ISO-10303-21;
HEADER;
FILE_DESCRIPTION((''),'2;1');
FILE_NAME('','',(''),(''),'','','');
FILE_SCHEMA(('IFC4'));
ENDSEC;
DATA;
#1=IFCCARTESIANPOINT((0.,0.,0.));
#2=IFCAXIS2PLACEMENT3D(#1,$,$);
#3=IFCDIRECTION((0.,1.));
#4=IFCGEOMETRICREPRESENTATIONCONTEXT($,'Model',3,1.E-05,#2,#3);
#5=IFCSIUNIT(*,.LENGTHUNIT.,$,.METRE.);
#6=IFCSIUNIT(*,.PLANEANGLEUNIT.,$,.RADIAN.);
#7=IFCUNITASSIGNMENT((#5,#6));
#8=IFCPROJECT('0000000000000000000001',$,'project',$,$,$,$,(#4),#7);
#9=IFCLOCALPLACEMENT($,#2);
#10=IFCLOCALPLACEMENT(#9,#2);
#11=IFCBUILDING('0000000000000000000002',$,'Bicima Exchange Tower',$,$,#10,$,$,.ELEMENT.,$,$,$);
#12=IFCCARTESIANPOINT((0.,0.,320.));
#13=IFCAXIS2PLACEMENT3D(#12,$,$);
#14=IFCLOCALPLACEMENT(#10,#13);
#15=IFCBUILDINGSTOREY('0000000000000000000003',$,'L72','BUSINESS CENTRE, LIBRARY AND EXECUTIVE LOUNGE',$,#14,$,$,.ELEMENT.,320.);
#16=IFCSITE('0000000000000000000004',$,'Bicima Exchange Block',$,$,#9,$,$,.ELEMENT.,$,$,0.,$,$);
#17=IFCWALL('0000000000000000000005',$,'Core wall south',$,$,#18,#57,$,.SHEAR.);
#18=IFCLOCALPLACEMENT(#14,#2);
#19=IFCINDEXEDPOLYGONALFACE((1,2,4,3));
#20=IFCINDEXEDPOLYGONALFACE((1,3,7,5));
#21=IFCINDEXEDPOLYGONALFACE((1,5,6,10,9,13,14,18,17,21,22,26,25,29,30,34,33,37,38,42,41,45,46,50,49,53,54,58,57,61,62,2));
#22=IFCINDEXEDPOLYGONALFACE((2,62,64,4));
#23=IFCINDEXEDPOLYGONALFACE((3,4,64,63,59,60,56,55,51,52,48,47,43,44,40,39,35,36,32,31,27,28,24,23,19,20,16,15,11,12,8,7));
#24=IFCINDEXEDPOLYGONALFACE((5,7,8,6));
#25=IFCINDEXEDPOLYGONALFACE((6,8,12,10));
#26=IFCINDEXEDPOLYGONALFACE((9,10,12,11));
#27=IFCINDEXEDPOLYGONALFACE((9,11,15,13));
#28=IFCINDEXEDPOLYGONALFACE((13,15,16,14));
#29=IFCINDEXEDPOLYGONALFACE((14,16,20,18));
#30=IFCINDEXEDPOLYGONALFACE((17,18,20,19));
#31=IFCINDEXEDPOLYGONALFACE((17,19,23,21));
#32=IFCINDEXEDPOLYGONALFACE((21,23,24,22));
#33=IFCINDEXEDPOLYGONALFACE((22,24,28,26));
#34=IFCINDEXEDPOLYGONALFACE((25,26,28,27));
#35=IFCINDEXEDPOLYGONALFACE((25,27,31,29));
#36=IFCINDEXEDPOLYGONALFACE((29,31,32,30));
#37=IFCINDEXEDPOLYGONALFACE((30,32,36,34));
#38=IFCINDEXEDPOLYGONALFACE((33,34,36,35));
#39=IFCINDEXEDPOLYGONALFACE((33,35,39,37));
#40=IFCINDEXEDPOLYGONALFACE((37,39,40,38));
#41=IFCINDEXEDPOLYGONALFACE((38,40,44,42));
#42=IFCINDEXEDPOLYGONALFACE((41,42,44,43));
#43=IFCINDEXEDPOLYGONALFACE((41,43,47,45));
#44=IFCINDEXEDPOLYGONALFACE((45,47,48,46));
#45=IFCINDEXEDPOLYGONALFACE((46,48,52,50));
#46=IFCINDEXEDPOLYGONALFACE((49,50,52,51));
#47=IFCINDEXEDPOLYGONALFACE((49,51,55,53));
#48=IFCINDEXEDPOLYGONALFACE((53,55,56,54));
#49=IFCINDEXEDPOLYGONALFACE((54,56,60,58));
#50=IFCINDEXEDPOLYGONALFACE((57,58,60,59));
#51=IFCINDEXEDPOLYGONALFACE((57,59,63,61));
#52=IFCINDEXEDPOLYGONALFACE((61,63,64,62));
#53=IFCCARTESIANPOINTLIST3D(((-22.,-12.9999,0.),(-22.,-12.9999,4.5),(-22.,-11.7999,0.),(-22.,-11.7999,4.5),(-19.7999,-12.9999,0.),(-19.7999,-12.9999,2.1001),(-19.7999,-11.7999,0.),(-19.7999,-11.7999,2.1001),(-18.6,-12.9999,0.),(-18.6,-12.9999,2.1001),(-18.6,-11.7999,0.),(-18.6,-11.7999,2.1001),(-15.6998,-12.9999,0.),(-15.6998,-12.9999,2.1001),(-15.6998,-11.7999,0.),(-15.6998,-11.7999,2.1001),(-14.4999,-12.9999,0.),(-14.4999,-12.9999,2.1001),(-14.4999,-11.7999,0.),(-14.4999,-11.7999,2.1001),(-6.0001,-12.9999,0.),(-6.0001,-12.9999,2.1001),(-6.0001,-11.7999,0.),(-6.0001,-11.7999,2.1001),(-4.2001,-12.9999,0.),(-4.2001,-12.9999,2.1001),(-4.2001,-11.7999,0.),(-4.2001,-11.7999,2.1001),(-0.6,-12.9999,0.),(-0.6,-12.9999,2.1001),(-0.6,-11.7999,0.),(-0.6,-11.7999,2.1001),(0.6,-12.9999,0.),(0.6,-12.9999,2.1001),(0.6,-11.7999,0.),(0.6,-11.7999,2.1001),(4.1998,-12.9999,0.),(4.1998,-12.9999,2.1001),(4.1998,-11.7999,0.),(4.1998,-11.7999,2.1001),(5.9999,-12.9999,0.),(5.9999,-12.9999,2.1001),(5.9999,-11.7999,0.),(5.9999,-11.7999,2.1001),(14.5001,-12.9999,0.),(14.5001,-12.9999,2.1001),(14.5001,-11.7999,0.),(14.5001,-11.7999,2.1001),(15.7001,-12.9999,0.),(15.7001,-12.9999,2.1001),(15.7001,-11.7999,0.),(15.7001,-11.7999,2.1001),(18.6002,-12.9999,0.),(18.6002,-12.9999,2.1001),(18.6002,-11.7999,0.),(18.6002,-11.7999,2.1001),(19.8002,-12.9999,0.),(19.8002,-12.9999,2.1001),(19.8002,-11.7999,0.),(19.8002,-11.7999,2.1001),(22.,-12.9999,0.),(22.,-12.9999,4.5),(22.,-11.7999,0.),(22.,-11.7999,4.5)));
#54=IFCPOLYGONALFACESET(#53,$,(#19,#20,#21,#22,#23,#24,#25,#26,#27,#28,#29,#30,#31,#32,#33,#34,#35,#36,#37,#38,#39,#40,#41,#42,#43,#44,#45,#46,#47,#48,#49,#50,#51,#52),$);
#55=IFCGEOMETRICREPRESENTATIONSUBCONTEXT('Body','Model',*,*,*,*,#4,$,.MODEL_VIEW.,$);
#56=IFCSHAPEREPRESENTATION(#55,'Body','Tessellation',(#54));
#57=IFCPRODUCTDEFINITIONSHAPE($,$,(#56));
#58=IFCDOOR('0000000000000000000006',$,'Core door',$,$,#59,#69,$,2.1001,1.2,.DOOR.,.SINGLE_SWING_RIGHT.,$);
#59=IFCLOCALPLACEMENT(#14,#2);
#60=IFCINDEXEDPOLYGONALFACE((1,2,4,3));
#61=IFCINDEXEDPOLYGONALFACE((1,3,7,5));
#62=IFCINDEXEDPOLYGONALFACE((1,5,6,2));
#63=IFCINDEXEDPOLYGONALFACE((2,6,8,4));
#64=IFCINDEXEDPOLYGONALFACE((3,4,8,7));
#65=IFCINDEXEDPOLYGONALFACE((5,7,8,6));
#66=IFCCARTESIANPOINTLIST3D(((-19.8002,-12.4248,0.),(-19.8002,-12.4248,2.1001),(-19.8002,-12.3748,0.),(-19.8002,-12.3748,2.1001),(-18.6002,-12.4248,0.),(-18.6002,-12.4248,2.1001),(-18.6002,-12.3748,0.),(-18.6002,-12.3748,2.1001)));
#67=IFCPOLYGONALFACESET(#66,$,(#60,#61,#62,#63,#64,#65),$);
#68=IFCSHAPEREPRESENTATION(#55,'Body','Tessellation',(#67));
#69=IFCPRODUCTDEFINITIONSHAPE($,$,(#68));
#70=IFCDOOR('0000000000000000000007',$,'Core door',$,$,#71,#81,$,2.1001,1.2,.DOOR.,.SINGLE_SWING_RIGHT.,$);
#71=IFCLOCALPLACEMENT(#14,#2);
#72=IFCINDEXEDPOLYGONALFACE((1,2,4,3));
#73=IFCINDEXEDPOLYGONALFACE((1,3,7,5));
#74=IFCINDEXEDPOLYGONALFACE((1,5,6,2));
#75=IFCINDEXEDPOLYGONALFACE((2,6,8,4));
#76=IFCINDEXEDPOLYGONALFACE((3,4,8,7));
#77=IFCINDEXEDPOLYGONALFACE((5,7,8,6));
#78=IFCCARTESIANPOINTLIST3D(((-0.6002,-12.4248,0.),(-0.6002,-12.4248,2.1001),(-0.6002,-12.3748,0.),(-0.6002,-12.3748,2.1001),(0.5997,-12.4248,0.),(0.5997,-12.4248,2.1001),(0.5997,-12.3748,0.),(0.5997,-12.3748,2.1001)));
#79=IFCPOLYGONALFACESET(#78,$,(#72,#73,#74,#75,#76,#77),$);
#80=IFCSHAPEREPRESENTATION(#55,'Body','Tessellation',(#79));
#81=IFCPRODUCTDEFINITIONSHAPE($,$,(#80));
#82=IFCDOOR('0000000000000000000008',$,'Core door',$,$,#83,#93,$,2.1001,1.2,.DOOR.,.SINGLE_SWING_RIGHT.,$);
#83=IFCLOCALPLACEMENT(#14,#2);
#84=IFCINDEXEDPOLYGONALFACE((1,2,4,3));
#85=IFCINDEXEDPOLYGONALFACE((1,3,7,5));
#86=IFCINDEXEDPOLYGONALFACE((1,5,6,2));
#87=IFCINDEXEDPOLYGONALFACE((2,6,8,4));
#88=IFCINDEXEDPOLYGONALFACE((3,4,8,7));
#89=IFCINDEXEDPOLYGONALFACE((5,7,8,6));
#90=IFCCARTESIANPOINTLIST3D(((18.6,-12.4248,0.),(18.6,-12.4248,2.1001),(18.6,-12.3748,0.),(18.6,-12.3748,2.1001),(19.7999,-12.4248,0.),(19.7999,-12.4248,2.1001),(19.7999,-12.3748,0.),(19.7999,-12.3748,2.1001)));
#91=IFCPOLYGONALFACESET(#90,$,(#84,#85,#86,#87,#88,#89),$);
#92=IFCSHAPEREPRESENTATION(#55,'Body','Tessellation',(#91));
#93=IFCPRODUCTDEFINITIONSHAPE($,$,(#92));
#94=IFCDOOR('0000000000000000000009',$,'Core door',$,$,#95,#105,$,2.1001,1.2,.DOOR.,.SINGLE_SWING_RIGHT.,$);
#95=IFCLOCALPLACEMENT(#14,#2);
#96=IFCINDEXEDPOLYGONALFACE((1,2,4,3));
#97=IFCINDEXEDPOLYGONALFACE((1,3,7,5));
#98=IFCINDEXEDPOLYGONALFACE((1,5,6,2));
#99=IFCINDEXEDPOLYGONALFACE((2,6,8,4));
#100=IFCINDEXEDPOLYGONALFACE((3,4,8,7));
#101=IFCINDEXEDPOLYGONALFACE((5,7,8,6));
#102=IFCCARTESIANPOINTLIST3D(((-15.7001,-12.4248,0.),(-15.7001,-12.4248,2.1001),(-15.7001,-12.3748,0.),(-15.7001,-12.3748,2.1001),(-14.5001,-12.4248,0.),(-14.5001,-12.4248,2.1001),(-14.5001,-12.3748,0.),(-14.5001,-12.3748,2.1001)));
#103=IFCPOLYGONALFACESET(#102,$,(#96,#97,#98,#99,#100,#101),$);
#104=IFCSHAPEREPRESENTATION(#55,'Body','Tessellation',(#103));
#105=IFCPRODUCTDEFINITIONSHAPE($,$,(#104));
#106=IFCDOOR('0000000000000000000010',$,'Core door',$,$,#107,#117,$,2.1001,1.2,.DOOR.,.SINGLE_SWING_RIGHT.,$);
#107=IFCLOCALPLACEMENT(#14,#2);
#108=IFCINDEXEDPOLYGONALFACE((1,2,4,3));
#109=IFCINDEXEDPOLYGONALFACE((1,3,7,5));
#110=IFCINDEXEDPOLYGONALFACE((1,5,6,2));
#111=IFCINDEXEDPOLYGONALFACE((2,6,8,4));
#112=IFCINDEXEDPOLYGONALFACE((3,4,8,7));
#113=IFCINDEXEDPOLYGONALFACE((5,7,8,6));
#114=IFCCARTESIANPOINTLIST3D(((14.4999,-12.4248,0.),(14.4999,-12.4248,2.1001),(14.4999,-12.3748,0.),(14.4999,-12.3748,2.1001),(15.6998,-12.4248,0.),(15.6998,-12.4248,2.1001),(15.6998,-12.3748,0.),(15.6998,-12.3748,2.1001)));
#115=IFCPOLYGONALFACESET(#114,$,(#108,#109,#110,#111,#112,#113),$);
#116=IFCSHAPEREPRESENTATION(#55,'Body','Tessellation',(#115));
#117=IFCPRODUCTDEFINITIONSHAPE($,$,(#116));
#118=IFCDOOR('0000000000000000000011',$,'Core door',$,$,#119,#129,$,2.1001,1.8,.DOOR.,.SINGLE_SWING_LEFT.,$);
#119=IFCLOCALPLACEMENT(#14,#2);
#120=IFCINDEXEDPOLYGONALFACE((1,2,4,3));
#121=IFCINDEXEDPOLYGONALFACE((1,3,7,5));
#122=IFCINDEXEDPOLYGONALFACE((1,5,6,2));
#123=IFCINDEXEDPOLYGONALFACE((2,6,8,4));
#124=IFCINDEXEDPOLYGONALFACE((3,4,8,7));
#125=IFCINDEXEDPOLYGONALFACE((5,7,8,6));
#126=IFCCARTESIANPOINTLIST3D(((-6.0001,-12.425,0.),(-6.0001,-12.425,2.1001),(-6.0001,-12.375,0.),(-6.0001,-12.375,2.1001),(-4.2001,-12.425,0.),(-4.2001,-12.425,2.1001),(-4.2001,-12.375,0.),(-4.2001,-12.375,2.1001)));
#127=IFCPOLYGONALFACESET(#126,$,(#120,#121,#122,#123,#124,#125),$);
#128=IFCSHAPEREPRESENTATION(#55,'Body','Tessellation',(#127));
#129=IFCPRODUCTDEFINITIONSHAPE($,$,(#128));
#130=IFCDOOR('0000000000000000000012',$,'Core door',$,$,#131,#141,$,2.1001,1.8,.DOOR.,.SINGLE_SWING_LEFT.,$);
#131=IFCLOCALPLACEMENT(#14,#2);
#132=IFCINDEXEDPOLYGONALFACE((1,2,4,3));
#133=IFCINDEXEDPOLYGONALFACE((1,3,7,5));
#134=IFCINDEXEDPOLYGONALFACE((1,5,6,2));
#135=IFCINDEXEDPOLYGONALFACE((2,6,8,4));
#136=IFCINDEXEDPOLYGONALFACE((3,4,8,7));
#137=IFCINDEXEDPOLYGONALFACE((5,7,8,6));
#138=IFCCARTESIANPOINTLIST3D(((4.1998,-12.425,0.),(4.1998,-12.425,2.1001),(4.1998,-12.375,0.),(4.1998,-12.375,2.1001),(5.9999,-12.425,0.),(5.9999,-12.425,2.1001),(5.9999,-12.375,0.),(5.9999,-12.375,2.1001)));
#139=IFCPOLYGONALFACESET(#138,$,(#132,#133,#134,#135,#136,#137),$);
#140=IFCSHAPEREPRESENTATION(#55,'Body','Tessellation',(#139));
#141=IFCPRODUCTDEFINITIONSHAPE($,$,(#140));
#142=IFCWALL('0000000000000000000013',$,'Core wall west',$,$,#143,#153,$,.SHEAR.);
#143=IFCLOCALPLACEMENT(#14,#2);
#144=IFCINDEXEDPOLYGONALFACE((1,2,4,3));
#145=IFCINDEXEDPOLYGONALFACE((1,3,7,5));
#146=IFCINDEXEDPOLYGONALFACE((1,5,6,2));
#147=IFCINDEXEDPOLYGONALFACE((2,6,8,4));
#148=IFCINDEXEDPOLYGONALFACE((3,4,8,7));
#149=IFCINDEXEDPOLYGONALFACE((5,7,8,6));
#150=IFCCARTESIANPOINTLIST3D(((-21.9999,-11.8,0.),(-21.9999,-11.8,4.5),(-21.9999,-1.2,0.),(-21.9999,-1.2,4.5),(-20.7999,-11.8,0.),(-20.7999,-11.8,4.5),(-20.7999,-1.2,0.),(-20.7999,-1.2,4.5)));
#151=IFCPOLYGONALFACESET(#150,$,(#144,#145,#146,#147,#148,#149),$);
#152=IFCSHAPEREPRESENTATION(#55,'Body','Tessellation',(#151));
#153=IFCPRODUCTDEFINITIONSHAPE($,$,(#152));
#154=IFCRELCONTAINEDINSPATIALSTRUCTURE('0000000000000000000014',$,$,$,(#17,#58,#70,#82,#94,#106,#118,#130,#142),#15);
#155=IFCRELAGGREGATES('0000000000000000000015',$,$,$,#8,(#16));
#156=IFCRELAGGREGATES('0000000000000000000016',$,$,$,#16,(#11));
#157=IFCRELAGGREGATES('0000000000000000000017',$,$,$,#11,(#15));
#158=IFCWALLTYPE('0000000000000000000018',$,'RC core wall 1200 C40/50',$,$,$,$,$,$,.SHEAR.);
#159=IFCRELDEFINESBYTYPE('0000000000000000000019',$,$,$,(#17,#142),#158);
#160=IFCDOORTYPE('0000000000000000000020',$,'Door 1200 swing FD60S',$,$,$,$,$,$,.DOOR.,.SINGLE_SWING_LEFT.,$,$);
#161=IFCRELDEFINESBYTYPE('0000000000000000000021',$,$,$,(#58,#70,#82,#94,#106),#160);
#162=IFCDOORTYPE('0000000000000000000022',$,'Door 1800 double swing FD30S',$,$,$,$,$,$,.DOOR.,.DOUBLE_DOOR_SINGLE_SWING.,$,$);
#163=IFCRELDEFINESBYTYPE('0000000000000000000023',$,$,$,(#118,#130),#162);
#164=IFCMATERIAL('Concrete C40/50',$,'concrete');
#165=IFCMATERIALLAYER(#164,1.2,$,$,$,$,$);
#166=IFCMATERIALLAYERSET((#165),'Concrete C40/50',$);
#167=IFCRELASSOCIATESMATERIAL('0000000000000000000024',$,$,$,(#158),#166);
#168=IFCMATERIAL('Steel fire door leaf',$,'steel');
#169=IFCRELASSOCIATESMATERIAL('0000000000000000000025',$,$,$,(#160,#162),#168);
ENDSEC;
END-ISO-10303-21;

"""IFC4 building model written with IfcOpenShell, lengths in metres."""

from ifc_helpers import new_model, si_unit, direction, frame, frame_2d, origin, place, context, subcontext, project, spatial, rectangle, extrude, material, layer, layer_set, type_object, element, fill, save


model = new_model("IFC4")

# Units and contexts
model_context = context("Model", 3, precision=1e-05, world=origin(), true_north=direction((0.0, 1.0)))
body_context = subcontext(model_context, "Body", "Model", "MODEL_VIEW")
ifc_project = project(units=[si_unit("LENGTHUNIT", "METRE"), si_unit("PLANEANGLEUNIT", "RADIAN")], contexts=[model_context])

# Site, building, storey
site_placement = place(None, origin())
site = spatial("IfcSite", under=ifc_project, at=site_placement, Name="Bicima Exchange Block", CompositionType="ELEMENT", RefElevation=0.0)
building_placement = place(site_placement, origin())
building = spatial("IfcBuilding", under=site, at=building_placement, Name="Bicima Exchange Tower", CompositionType="ELEMENT")
storey_placement = place(building_placement, frame((0.0, 0.0, 320.0)))
storey = spatial("IfcBuildingStorey", under=building, at=storey_placement, Name="L72", Description="BUSINESS CENTRE, LIBRARY AND EXECUTIVE LOUNGE", CompositionType="ELEMENT", Elevation=320.0)

# Wall, openings, doors
ifc_material_1 = material(Name="Concrete C40/50", Category="concrete")
ifc_layer_1 = layer(ifc_material_1, 1.2)
ifc_layer_set_1 = layer_set([ifc_layer_1], Name="Concrete C40/50")
wall_type_1 = type_object("IfcWallType", Name="RC core wall 1200 C40/50", PredefinedType="SHEAR", material=ifc_layer_set_1)
wall_1_placement = place(storey_placement, frame((-22.0, -12.3999, 0.0), z_axis=(0.0, 0.0, 1.0), x_axis=(1.0, 0.0, 0.0)))
wall_1 = element("IfcWall", 1, at=wall_1_placement, inside=storey, type_object=wall_type_1, Name="Core wall south", PredefinedType="SHEAR", context=body_context, shape_type="SweptSolid", body=[
    extrude(rectangle(XDim=44.0, YDim=1.2, at=frame_2d((22.0, 0.0))), origin(), (0.0, 0.0, 1.0), 4.5),
])
opening_1_placement = place(wall_1_placement, frame((2.2, 0.0, 0.0)))
opening_1 = element("IfcOpeningElement", 2, at=opening_1_placement, cuts=wall_1, PredefinedType="OPENING", context=body_context, shape_type="SweptSolid", body=[
    extrude(rectangle(XDim=1.2, YDim=2.1001, at=frame_2d((0.6001, 1.05))), frame((0.0, 0.6118, 0.0), z_axis=(0.0, -1.0, 0.0), x_axis=(1.0, 0.0, 0.0)), (0.0, 0.0, 1.0), 1.2239),
])
opening_2_placement = place(wall_1_placement, frame((21.3999, 0.0, 0.0)))
opening_2 = element("IfcOpeningElement", 3, at=opening_2_placement, cuts=wall_1, PredefinedType="OPENING", context=body_context, shape_type="SweptSolid", body=[
    extrude(rectangle(XDim=1.2, YDim=2.1001, at=frame_2d((0.6001, 1.05))), frame((0.0, 0.6118, 0.0), z_axis=(0.0, -1.0, 0.0), x_axis=(1.0, 0.0, 0.0)), (0.0, 0.0, 1.0), 1.2239),
])
opening_3_placement = place(wall_1_placement, frame((40.6001, 0.0, 0.0)))
opening_3 = element("IfcOpeningElement", 4, at=opening_3_placement, cuts=wall_1, PredefinedType="OPENING", context=body_context, shape_type="SweptSolid", body=[
    extrude(rectangle(XDim=1.2, YDim=2.1001, at=frame_2d((0.6001, 1.05))), frame((0.0, 0.6118, 0.0), z_axis=(0.0, -1.0, 0.0), x_axis=(1.0, 0.0, 0.0)), (0.0, 0.0, 1.0), 1.2239),
])
opening_4_placement = place(wall_1_placement, frame((16.0, 0.0, 0.0)))
opening_4 = element("IfcOpeningElement", 5, at=opening_4_placement, cuts=wall_1, PredefinedType="OPENING", context=body_context, shape_type="SweptSolid", body=[
    extrude(rectangle(XDim=1.8, YDim=2.1001, at=frame_2d((0.8999, 1.05))), frame((0.0, 0.6118, 0.0), z_axis=(0.0, -1.0, 0.0), x_axis=(1.0, 0.0, 0.0)), (0.0, 0.0, 1.0), 1.2239),
])
opening_5_placement = place(wall_1_placement, frame((6.3, 0.0, 0.0)))
opening_5 = element("IfcOpeningElement", 6, at=opening_5_placement, cuts=wall_1, PredefinedType="OPENING", context=body_context, shape_type="SweptSolid", body=[
    extrude(rectangle(XDim=1.2, YDim=2.1001, at=frame_2d((0.6001, 1.05))), frame((0.0, 0.6118, 0.0), z_axis=(0.0, -1.0, 0.0), x_axis=(1.0, 0.0, 0.0)), (0.0, 0.0, 1.0), 1.2239),
])
opening_6_placement = place(wall_1_placement, frame((26.2, 0.0, 0.0)))
opening_6 = element("IfcOpeningElement", 7, at=opening_6_placement, cuts=wall_1, PredefinedType="OPENING", context=body_context, shape_type="SweptSolid", body=[
    extrude(rectangle(XDim=1.8, YDim=2.1001, at=frame_2d((0.8999, 1.05))), frame((0.0, 0.6118, 0.0), z_axis=(0.0, -1.0, 0.0), x_axis=(1.0, 0.0, 0.0)), (0.0, 0.0, 1.0), 1.2239),
])
opening_7_placement = place(wall_1_placement, frame((36.5, 0.0, 0.0)))
opening_7 = element("IfcOpeningElement", 8, at=opening_7_placement, cuts=wall_1, PredefinedType="OPENING", context=body_context, shape_type="SweptSolid", body=[
    extrude(rectangle(XDim=1.2, YDim=2.1001, at=frame_2d((0.6001, 1.05))), frame((0.0, 0.6118, 0.0), z_axis=(0.0, -1.0, 0.0), x_axis=(1.0, 0.0, 0.0)), (0.0, 0.0, 1.0), 1.2239),
])
ifc_material_2 = material(Name="Steel fire door leaf", Category="steel")
door_type_1 = type_object("IfcDoorType", Name="Door 1200 swing FD60S", OperationType="SINGLE_SWING_LEFT", PredefinedType="DOOR", material=ifc_material_2)
door_1_placement = place(opening_1_placement, frame((1.2, 0.0, 0.0), z_axis=(0.0, 0.0, 1.0), x_axis=(-1.0, 0.0, 0.0)))
door_1 = element("IfcDoor", 9, at=door_1_placement, inside=storey, type_object=door_type_1, Name="Core door", OperationType="SINGLE_SWING_RIGHT", OverallHeight=2.1001, OverallWidth=1.2, PredefinedType="DOOR", context=body_context, shape_type="SweptSolid", body=[
    extrude(rectangle(XDim=1.2, YDim=2.1001, at=frame_2d((0.6001, 1.05))), frame((0.0, 0.0249, 0.0), z_axis=(0.0, -1.0, 0.0), x_axis=(1.0, 0.0, 0.0)), (0.0, 0.0, 1.0), 0.05),
])
fill(opening_1, door_1)
door_2_placement = place(opening_2_placement, frame((1.2, 0.0, 0.0), z_axis=(0.0, 0.0, 1.0), x_axis=(-1.0, 0.0, 0.0)))
door_2 = element("IfcDoor", 10, at=door_2_placement, inside=storey, type_object=door_type_1, Name="Core door", OperationType="SINGLE_SWING_RIGHT", OverallHeight=2.1001, OverallWidth=1.2, PredefinedType="DOOR", context=body_context, shape_type="SweptSolid", body=[
    extrude(rectangle(XDim=1.2, YDim=2.1001, at=frame_2d((0.6001, 1.05))), frame((0.0, 0.0249, 0.0), z_axis=(0.0, -1.0, 0.0), x_axis=(1.0, 0.0, 0.0)), (0.0, 0.0, 1.0), 0.05),
])
fill(opening_2, door_2)
door_3_placement = place(opening_3_placement, frame((1.2, 0.0, 0.0), z_axis=(0.0, 0.0, 1.0), x_axis=(-1.0, 0.0, 0.0)))
door_3 = element("IfcDoor", 11, at=door_3_placement, inside=storey, type_object=door_type_1, Name="Core door", OperationType="SINGLE_SWING_RIGHT", OverallHeight=2.1001, OverallWidth=1.2, PredefinedType="DOOR", context=body_context, shape_type="SweptSolid", body=[
    extrude(rectangle(XDim=1.2, YDim=2.1001, at=frame_2d((0.6001, 1.05))), frame((0.0, 0.0249, 0.0), z_axis=(0.0, -1.0, 0.0), x_axis=(1.0, 0.0, 0.0)), (0.0, 0.0, 1.0), 0.05),
])
fill(opening_3, door_3)
door_4_placement = place(opening_5_placement, frame((1.2, 0.0, 0.0), z_axis=(0.0, 0.0, 1.0), x_axis=(-1.0, 0.0, 0.0)))
door_4 = element("IfcDoor", 12, at=door_4_placement, inside=storey, type_object=door_type_1, Name="Core door", OperationType="SINGLE_SWING_RIGHT", OverallHeight=2.1001, OverallWidth=1.2, PredefinedType="DOOR", context=body_context, shape_type="SweptSolid", body=[
    extrude(rectangle(XDim=1.2, YDim=2.1001, at=frame_2d((0.6001, 1.05))), frame((0.0, 0.0249, 0.0), z_axis=(0.0, -1.0, 0.0), x_axis=(1.0, 0.0, 0.0)), (0.0, 0.0, 1.0), 0.05),
])
fill(opening_5, door_4)
door_5_placement = place(opening_7_placement, frame((1.2, 0.0, 0.0), z_axis=(0.0, 0.0, 1.0), x_axis=(-1.0, 0.0, 0.0)))
door_5 = element("IfcDoor", 13, at=door_5_placement, inside=storey, type_object=door_type_1, Name="Core door", OperationType="SINGLE_SWING_RIGHT", OverallHeight=2.1001, OverallWidth=1.2, PredefinedType="DOOR", context=body_context, shape_type="SweptSolid", body=[
    extrude(rectangle(XDim=1.2, YDim=2.1001, at=frame_2d((0.6001, 1.05))), frame((0.0, 0.0249, 0.0), z_axis=(0.0, -1.0, 0.0), x_axis=(1.0, 0.0, 0.0)), (0.0, 0.0, 1.0), 0.05),
])
fill(opening_7, door_5)
door_type_2 = type_object("IfcDoorType", Name="Door 1800 double swing FD30S", OperationType="DOUBLE_DOOR_SINGLE_SWING", PredefinedType="DOOR", material=ifc_material_2)
door_6_placement = place(opening_4_placement, origin())
door_6 = element("IfcDoor", 14, at=door_6_placement, inside=storey, type_object=door_type_2, Name="Core door", OperationType="SINGLE_SWING_LEFT", OverallHeight=2.1001, OverallWidth=1.8, PredefinedType="DOOR", context=body_context, shape_type="SweptSolid", body=[
    extrude(rectangle(XDim=1.8, YDim=2.1001, at=frame_2d((0.8999, 1.05))), frame((0.0, 0.0249, 0.0), z_axis=(0.0, -1.0, 0.0), x_axis=(1.0, 0.0, 0.0)), (0.0, 0.0, 1.0), 0.05),
])
fill(opening_4, door_6)
door_7_placement = place(opening_6_placement, origin())
door_7 = element("IfcDoor", 15, at=door_7_placement, inside=storey, type_object=door_type_2, Name="Core door", OperationType="SINGLE_SWING_LEFT", OverallHeight=2.1001, OverallWidth=1.8, PredefinedType="DOOR", context=body_context, shape_type="SweptSolid", body=[
    extrude(rectangle(XDim=1.8, YDim=2.1001, at=frame_2d((0.8999, 1.05))), frame((0.0, 0.0249, 0.0), z_axis=(0.0, -1.0, 0.0), x_axis=(1.0, 0.0, 0.0)), (0.0, 0.0, 1.0), 0.05),
])
fill(opening_6, door_7)

# Wall
wall_2_placement = place(storey_placement, frame((-21.3999, -11.8, 0.0), z_axis=(0.0, 0.0, 1.0), x_axis=(0.0, 1.0, 0.0)))
element("IfcWall", 16, at=wall_2_placement, inside=storey, type_object=wall_type_1, Name="Core wall west", PredefinedType="SHEAR", context=body_context, shape_type="SweptSolid", body=[
    extrude(rectangle(XDim=10.6001, YDim=1.2, at=frame_2d((5.3, 0.0))), origin(), (0.0, 0.0, 1.0), 4.5),
])

save(model, "model.ifc")
